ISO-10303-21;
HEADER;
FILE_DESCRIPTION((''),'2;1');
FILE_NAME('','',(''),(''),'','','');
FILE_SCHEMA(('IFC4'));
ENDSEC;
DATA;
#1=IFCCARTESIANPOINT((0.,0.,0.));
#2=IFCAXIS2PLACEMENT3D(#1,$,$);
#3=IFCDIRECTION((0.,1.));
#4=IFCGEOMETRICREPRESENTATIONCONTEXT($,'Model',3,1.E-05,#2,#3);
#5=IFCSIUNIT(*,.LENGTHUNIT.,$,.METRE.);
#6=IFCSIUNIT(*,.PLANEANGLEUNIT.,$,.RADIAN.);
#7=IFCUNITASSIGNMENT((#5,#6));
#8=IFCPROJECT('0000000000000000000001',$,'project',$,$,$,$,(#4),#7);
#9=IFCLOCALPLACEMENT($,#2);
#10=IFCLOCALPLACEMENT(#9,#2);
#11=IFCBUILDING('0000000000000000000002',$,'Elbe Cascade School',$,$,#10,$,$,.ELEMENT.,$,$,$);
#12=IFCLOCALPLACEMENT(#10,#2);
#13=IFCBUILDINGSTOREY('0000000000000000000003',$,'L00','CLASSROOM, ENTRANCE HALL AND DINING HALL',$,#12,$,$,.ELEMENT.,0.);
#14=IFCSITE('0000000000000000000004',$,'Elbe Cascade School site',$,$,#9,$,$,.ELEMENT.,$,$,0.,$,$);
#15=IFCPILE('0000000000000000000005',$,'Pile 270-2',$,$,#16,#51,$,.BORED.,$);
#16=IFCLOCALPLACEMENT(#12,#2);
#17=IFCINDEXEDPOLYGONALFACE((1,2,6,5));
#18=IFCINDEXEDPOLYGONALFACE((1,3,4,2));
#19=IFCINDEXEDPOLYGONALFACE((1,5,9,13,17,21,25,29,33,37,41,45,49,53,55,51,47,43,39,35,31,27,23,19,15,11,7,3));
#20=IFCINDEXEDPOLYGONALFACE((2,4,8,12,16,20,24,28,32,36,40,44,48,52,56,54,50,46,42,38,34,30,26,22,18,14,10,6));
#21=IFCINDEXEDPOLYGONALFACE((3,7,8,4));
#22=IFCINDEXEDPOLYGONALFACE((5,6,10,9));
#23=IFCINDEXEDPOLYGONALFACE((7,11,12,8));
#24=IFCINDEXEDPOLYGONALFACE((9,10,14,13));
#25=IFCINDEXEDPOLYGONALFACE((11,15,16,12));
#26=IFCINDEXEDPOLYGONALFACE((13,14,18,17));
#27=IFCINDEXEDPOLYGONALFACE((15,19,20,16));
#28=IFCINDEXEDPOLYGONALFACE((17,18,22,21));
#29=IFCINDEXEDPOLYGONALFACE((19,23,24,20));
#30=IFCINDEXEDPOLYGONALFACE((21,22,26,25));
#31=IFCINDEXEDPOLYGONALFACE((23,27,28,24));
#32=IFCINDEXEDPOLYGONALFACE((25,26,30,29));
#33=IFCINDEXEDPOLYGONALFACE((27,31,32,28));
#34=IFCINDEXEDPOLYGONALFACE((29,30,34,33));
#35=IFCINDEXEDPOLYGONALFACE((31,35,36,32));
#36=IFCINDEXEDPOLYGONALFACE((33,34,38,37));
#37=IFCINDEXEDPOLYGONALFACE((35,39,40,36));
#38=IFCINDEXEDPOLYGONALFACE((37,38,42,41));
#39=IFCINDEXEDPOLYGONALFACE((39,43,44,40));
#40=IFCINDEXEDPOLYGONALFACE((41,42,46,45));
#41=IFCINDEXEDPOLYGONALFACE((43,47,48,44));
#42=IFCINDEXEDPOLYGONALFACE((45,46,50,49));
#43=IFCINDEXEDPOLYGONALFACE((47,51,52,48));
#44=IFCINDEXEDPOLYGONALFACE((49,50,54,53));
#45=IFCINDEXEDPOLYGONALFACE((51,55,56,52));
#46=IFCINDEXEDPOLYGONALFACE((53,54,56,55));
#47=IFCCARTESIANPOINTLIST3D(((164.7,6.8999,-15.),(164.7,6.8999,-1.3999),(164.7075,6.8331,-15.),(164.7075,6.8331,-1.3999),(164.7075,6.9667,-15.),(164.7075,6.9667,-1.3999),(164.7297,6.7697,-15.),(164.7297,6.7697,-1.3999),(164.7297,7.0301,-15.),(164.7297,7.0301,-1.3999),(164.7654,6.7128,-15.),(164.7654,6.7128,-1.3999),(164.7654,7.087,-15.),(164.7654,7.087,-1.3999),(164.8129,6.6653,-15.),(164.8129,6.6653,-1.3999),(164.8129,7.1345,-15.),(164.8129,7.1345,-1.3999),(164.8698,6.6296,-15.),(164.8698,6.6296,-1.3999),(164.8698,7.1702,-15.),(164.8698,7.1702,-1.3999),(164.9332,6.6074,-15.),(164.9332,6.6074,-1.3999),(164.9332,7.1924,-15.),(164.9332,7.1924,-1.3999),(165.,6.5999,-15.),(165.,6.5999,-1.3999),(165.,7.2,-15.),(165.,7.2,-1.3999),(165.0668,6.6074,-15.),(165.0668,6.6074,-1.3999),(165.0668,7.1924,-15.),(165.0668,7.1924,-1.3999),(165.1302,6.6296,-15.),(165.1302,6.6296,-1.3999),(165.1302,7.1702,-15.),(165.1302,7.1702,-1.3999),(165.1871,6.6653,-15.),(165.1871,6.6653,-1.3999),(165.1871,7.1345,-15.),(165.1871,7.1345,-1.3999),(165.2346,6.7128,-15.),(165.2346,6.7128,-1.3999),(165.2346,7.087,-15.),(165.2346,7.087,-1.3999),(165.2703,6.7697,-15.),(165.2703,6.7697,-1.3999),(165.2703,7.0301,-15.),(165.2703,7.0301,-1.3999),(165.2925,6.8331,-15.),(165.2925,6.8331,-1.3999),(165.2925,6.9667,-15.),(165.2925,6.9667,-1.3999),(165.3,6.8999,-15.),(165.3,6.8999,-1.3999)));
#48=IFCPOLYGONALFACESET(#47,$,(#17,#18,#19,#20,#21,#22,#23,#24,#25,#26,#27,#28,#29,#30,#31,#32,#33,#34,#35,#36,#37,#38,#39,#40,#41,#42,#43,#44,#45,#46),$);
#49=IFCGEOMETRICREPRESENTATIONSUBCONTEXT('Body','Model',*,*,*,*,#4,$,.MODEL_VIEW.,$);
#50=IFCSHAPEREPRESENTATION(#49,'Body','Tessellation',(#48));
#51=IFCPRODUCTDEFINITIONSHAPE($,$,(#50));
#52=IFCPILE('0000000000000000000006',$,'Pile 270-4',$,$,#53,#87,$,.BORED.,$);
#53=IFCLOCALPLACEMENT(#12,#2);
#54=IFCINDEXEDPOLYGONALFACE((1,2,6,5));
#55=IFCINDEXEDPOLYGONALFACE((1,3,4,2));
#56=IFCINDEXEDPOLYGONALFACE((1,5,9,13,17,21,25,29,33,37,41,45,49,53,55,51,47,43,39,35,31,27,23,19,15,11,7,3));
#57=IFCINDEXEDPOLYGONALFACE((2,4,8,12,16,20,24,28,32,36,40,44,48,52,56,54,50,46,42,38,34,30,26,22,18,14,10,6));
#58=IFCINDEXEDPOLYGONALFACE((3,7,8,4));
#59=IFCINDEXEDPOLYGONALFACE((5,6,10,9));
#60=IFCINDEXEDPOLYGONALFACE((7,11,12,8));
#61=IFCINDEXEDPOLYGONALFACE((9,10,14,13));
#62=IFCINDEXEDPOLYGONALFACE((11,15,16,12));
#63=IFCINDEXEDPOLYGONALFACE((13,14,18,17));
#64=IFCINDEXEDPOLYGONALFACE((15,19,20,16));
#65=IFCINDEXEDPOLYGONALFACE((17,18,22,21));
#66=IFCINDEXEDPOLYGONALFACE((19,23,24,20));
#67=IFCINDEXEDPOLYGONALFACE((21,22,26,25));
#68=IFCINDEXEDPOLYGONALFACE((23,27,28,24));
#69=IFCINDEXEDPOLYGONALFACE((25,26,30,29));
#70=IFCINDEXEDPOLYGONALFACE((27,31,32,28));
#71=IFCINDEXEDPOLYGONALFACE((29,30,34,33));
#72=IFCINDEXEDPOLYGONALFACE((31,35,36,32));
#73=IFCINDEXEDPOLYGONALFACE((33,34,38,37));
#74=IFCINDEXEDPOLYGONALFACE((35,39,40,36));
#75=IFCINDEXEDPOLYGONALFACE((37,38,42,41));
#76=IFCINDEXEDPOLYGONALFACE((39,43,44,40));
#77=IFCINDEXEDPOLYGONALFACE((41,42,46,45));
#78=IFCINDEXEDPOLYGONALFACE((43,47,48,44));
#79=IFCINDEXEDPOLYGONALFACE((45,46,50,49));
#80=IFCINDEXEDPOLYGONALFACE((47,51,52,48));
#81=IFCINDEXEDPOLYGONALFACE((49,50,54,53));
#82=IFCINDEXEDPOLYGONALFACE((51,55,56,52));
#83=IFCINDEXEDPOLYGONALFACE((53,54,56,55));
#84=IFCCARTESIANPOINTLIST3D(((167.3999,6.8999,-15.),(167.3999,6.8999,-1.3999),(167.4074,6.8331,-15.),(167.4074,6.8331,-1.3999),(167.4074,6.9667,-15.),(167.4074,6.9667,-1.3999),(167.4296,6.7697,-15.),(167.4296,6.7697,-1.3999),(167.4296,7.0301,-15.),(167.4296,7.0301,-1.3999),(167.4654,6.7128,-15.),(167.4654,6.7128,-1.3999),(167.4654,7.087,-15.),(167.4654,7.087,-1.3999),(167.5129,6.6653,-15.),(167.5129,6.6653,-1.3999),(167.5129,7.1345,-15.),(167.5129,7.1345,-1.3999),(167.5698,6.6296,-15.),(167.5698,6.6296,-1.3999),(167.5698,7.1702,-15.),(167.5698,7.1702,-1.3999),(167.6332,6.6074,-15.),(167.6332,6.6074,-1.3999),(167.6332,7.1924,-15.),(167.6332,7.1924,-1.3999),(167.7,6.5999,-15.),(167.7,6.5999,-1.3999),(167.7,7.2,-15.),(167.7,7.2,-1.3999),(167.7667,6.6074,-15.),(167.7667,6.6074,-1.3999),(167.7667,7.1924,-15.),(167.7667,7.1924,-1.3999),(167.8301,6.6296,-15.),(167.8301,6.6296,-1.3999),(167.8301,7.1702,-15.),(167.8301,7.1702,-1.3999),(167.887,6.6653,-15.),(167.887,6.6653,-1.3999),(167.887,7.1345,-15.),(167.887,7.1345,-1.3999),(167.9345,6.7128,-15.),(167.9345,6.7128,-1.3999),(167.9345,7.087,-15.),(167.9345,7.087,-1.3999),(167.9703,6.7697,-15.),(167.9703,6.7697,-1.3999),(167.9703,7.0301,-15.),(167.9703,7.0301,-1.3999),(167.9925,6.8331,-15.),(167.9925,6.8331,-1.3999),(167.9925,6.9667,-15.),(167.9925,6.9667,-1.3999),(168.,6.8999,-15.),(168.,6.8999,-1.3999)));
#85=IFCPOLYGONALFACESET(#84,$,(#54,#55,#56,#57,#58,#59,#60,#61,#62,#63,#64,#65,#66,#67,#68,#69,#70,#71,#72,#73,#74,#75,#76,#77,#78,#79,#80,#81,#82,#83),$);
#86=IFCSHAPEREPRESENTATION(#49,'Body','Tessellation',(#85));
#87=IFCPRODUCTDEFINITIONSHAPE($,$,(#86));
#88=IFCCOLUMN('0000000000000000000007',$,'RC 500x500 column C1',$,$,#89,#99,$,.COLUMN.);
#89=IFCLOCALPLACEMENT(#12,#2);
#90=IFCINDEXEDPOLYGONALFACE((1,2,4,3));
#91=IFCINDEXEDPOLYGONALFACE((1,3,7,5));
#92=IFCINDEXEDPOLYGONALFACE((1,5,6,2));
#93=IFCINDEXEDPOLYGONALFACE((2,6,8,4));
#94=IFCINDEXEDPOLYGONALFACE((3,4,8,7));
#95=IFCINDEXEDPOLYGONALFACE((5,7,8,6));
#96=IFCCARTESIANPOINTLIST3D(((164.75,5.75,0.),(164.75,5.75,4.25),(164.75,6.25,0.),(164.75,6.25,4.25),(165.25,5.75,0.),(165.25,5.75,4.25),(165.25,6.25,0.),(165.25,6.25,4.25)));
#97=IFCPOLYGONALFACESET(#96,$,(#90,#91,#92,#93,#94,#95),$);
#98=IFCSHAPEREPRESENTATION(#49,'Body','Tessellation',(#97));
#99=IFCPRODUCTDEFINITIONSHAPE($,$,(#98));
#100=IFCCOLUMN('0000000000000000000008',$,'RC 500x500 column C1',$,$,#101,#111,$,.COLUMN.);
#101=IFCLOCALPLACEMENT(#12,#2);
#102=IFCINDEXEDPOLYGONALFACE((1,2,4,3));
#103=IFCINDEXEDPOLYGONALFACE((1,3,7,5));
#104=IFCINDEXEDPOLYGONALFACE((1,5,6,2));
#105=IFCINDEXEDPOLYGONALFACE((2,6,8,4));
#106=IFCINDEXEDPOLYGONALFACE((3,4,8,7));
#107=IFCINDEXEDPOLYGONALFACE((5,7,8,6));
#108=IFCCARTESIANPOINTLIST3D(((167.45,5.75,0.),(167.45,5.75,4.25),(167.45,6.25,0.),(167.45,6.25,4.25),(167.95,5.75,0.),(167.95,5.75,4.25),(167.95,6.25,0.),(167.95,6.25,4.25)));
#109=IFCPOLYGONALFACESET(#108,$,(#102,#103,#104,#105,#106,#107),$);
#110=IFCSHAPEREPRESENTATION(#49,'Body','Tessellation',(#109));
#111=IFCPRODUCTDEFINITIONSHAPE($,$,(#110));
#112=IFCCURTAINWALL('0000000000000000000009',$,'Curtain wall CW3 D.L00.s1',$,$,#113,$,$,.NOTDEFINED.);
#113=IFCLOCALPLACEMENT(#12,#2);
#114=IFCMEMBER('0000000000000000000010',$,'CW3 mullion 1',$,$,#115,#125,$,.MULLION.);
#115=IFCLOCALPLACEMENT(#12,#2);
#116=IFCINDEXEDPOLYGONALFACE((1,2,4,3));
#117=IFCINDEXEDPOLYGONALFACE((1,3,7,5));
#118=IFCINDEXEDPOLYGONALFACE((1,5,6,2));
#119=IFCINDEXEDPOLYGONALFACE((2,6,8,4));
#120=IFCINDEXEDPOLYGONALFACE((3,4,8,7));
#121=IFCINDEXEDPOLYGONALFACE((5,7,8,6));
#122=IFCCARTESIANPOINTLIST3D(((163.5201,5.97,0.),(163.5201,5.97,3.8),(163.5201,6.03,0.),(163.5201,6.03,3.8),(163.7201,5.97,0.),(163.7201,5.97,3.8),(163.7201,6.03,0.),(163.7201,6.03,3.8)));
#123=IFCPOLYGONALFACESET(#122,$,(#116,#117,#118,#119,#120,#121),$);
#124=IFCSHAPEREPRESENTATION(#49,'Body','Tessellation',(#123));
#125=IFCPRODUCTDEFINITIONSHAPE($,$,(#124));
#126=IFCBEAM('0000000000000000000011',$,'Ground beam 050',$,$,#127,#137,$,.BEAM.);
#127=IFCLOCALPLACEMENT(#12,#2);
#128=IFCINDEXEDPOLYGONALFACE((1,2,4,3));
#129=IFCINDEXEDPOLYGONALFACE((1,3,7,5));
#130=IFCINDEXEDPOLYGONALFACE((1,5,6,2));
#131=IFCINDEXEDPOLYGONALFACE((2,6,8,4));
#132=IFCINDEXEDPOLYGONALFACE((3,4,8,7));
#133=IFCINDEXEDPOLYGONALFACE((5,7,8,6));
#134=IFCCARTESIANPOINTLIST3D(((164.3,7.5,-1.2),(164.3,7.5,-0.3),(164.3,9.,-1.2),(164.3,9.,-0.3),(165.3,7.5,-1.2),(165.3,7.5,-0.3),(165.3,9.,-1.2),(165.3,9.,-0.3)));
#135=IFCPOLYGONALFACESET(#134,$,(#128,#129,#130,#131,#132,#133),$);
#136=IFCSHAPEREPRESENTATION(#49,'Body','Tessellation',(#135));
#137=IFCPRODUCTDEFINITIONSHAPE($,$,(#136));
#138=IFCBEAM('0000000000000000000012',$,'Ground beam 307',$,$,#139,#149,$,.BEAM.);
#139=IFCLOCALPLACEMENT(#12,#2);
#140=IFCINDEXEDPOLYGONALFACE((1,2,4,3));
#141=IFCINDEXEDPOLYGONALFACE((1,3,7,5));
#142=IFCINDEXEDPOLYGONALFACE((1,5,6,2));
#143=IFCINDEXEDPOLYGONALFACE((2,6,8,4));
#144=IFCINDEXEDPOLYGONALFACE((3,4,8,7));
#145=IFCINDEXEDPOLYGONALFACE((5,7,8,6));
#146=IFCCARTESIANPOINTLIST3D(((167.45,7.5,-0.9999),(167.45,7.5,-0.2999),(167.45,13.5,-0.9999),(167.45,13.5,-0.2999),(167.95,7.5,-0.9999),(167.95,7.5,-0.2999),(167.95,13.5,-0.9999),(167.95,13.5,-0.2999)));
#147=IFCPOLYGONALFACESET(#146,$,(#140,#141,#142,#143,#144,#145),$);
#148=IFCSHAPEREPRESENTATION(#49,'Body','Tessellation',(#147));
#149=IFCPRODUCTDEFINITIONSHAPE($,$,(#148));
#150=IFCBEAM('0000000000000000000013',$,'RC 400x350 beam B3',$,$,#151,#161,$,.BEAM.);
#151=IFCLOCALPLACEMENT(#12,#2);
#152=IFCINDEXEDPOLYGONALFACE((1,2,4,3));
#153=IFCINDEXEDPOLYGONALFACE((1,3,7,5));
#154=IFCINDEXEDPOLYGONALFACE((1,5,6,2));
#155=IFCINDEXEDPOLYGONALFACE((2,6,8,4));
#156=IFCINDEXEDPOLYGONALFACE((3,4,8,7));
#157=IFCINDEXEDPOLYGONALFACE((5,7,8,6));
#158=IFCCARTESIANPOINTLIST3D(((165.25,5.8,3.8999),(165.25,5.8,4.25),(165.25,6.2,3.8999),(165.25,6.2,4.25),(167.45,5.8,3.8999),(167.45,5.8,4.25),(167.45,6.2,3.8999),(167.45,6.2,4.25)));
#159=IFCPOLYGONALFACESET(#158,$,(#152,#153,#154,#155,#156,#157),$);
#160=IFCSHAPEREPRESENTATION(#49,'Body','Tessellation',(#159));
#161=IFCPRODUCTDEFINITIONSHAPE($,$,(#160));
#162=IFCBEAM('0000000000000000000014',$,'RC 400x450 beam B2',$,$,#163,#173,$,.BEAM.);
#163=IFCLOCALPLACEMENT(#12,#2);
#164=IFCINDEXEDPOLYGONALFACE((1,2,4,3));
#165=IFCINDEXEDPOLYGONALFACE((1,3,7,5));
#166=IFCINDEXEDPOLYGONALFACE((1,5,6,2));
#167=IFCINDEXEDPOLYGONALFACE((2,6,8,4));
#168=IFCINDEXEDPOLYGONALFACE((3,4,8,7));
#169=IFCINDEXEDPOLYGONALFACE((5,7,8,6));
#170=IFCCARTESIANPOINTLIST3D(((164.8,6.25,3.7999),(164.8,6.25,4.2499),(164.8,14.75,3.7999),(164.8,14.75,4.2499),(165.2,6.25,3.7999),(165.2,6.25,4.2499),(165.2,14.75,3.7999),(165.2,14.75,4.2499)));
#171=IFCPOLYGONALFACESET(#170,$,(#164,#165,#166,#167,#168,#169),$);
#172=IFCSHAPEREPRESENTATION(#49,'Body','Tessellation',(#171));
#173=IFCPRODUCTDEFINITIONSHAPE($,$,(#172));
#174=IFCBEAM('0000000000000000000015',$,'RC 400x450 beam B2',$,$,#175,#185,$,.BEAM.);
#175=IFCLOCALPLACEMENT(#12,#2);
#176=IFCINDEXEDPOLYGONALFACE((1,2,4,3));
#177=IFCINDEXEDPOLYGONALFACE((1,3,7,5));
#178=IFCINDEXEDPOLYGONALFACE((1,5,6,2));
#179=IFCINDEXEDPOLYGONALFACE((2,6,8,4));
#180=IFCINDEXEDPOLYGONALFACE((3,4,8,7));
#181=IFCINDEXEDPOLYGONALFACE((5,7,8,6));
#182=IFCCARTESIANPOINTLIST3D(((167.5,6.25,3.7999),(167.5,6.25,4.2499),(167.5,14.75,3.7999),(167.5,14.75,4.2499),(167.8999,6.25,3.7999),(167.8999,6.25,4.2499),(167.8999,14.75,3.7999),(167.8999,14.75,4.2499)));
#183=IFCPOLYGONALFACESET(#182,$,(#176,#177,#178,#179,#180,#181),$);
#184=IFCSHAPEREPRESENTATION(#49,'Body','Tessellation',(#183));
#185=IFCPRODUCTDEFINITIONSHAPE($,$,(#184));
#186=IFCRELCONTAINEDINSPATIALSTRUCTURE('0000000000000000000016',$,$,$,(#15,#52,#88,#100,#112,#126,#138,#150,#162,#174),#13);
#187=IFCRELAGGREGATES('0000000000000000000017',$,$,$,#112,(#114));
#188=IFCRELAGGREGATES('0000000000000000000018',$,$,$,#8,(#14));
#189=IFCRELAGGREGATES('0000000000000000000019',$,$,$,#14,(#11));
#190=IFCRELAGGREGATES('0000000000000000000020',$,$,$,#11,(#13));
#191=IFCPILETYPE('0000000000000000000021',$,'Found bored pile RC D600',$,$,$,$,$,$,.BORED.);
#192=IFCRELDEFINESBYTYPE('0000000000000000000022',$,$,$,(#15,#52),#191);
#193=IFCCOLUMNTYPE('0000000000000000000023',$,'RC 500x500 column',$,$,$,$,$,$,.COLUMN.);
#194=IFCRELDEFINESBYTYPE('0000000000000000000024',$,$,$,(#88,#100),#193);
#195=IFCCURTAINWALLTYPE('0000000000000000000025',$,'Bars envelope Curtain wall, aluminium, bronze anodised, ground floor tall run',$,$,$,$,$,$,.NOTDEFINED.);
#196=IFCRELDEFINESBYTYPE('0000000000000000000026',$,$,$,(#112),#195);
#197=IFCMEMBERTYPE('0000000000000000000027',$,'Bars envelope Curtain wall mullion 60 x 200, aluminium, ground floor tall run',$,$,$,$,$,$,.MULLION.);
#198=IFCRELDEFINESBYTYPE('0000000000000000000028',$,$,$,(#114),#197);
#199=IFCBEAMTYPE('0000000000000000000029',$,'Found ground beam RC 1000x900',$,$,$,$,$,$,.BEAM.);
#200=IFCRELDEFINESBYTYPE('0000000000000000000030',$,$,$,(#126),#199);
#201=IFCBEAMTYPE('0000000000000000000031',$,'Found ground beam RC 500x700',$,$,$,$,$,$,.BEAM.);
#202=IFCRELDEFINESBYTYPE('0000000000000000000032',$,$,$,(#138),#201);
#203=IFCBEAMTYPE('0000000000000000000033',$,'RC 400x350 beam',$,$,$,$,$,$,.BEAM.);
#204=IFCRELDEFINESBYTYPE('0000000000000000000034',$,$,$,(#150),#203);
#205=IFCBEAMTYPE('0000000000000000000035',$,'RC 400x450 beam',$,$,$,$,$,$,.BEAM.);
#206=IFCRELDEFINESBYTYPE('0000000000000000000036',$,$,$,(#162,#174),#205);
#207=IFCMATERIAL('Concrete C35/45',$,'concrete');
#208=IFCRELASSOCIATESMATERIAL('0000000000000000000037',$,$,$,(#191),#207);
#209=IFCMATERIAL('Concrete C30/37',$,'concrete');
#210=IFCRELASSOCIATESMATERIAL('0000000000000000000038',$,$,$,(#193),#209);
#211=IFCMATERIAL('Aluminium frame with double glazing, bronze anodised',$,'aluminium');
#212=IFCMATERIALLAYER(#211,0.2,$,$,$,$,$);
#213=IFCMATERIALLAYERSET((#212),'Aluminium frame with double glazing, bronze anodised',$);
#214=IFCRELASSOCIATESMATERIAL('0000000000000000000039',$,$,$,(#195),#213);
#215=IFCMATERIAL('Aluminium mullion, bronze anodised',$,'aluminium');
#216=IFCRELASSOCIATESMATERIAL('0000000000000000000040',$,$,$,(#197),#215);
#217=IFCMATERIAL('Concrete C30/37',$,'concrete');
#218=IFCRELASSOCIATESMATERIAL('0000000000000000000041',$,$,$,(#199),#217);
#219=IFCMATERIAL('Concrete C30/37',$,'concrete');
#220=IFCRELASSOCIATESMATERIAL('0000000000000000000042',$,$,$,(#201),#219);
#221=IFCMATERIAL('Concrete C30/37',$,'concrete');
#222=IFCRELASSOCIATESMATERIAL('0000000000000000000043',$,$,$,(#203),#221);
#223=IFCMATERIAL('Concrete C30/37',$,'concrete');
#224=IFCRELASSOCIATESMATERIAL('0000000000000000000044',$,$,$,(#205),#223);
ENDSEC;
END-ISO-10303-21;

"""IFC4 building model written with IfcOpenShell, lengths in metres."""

from ifc_helpers import new_model, si_unit, direction, frame, origin, origin_2d, place, context, subcontext, project, spatial, rectangle, circle, extrude, material, layer, layer_set, material_profile, profile_set, type_object, element, aggregate, save


model = new_model("IFC4")

# Units and contexts
model_context = context("Model", 3, precision=1e-05, world=origin(), true_north=direction((0.0, 1.0)))
body_context = subcontext(model_context, "Body", "Model", "MODEL_VIEW")
ifc_project = project(units=[si_unit("LENGTHUNIT", "METRE"), si_unit("PLANEANGLEUNIT", "RADIAN")], contexts=[model_context])

# Site, building, storey
site_placement = place(None, origin())
site = spatial("IfcSite", under=ifc_project, at=site_placement, Name="Elbe Cascade School site", CompositionType="ELEMENT", RefElevation=0.0)
building_placement = place(site_placement, origin())
building = spatial("IfcBuilding", under=site, at=building_placement, Name="Elbe Cascade School", CompositionType="ELEMENT")
storey_placement = place(building_placement, origin())
storey = spatial("IfcBuildingStorey", under=building, at=storey_placement, Name="L00", Description="CLASSROOM, ENTRANCE HALL AND DINING HALL", CompositionType="ELEMENT", Elevation=0.0)

# Piles
ifc_material_1 = material(Name="Concrete C35/45", Category="concrete")
ifc_material_profile_1 = material_profile(ifc_material_1, circle(Radius=0.3, at=origin_2d()), Name="RC D600")
ifc_profile_set_1 = profile_set([ifc_material_profile_1], Name="Concrete C35/45")
pile_type = type_object("IfcPileType", Name="Found bored pile RC D600", PredefinedType="BORED", material=ifc_profile_set_1)
for number, where, z_axis, x_axis, name in (
    (1, (165.0, 6.8999, -1.3999), (0.0, 0.0, -1.0), (1.0, 0.0, 0.0), "Pile 270-2"),
    (2, (167.7, 6.8999, -1.3999), (0.0, 0.0, -1.0), (1.0, 0.0, 0.0), "Pile 270-4"),
):
    element("IfcPile", number, at=place(storey_placement, frame(where, z_axis=z_axis, x_axis=x_axis)), inside=storey, type_object=pile_type, Name=name, PredefinedType="BORED", context=body_context, shape_type="SweptSolid", body=[
        extrude(circle(Radius=0.3, at=origin_2d()), origin(), (0.0, 0.0, 1.0), 13.6001),
    ])

# Columns
ifc_material_2 = material(Name="Concrete C30/37", Category="concrete")
ifc_material_profile_2 = material_profile(ifc_material_2, rectangle(XDim=0.5, YDim=0.5, at=origin_2d()), Name="RC 500x500")
ifc_profile_set_2 = profile_set([ifc_material_profile_2], Name="Concrete C30/37")
column_type = type_object("IfcColumnType", Name="RC 500x500 column", PredefinedType="COLUMN", material=ifc_profile_set_2)
for number, where, z_axis, x_axis, name in (
    (3, (165.0, 6.0, 0.0), (0.0, 0.0, 1.0), (1.0, 0.0, 0.0), "RC 500x500 column C1"),
    (4, (167.7, 6.0, 0.0), (0.0, 0.0, 1.0), (1.0, 0.0, 0.0), "RC 500x500 column C1"),
):
    element("IfcColumn", number, at=place(storey_placement, frame(where, z_axis=z_axis, x_axis=x_axis)), inside=storey, type_object=column_type, Name=name, PredefinedType="COLUMN", context=body_context, shape_type="SweptSolid", body=[
        extrude(rectangle(XDim=0.5, YDim=0.5, at=origin_2d()), origin(), (0.0, 0.0, 1.0), 4.25),
    ])

# Curtain wall, member
ifc_material_3 = material(Name="Aluminium frame with double glazing, bronze anodised", Category="aluminium")
ifc_layer_1 = layer(ifc_material_3, 0.2)
ifc_layer_set_1 = layer_set([ifc_layer_1], Name="Aluminium frame with double glazing, bronze anodised")
curtain_wall_type = type_object("IfcCurtainWallType", Name="Bars envelope Curtain wall, aluminium, bronze anodised, ground floor tall run", PredefinedType="NOTDEFINED", material=ifc_layer_set_1)
curtain_wall_placement = place(storey_placement, origin())
curtain_wall = element("IfcCurtainWall", 5, at=curtain_wall_placement, inside=storey, type_object=curtain_wall_type, Name="Curtain wall CW3 D.L00.s1", PredefinedType="NOTDEFINED")
ifc_material_4 = material(Name="Aluminium mullion, bronze anodised", Category="aluminium")
ifc_material_profile_3 = material_profile(ifc_material_4, rectangle(XDim=0.0601, YDim=0.2, at=origin_2d()), Name="Bars envelope Curtain wall mullion 60 x 200, aluminium, ground floor tall run")
ifc_profile_set_3 = profile_set([ifc_material_profile_3], Name="Aluminium mullion, bronze anodised")
member_type = type_object("IfcMemberType", Name="Bars envelope Curtain wall mullion 60 x 200, aluminium, ground floor tall run", PredefinedType="MULLION", material=ifc_profile_set_3)
member_placement = place(storey_placement, frame((163.6201, 6.0, 0.0), z_axis=(0.0, 0.0, 1.0), x_axis=(0.0, -1.0, 0.0)))
member = element("IfcMember", 6, at=member_placement, type_object=member_type, Name="CW3 mullion 1", PredefinedType="MULLION", context=body_context, shape_type="SweptSolid", body=[
    extrude(rectangle(XDim=0.0601, YDim=0.2, at=origin_2d()), origin(), (0.0, 0.0, 1.0), 3.8),
])
aggregate(curtain_wall, [member])

# Beams
ifc_material_5 = material(Name="Concrete C30/37", Category="concrete")
ifc_material_profile_4 = material_profile(ifc_material_5, rectangle(XDim=1.0, YDim=0.8999, at=origin_2d()), Name="RC 1000x900")
ifc_profile_set_4 = profile_set([ifc_material_profile_4], Name="Concrete C30/37")
beam_type_1 = type_object("IfcBeamType", Name="Found ground beam RC 1000x900", PredefinedType="BEAM", material=ifc_profile_set_4)
beam_1_placement = place(storey_placement, frame((164.8, 7.5, -0.75), z_axis=(0.0, 1.0, 0.0), x_axis=(-1.0, 0.0, 0.0)))
element("IfcBeam", 7, at=beam_1_placement, inside=storey, type_object=beam_type_1, Name="Ground beam 050", PredefinedType="BEAM", context=body_context, shape_type="SweptSolid", body=[
    extrude(rectangle(XDim=1.0, YDim=0.8999, at=origin_2d()), origin(), (0.0, 0.0, 1.0), 1.5),
])
ifc_material_6 = material(Name="Concrete C30/37", Category="concrete")
ifc_material_profile_5 = material_profile(ifc_material_6, rectangle(XDim=0.5, YDim=0.7, at=origin_2d()), Name="RC 500x700")
ifc_profile_set_5 = profile_set([ifc_material_profile_5], Name="Concrete C30/37")
beam_type_2 = type_object("IfcBeamType", Name="Found ground beam RC 500x700", PredefinedType="BEAM", material=ifc_profile_set_5)
beam_2_placement = place(storey_placement, frame((167.7, 7.5, -0.6499), z_axis=(0.0, 1.0, 0.0), x_axis=(-1.0, 0.0, 0.0)))
element("IfcBeam", 8, at=beam_2_placement, inside=storey, type_object=beam_type_2, Name="Ground beam 307", PredefinedType="BEAM", context=body_context, shape_type="SweptSolid", body=[
    extrude(rectangle(XDim=0.5, YDim=0.7, at=origin_2d()), origin(), (0.0, 0.0, 1.0), 6.0),
])
ifc_material_7 = material(Name="Concrete C30/37", Category="concrete")
ifc_material_profile_6 = material_profile(ifc_material_7, rectangle(XDim=0.3999, YDim=0.3501, at=origin_2d()), Name="RC 400x350")
ifc_profile_set_6 = profile_set([ifc_material_profile_6], Name="Concrete C30/37")
beam_type_3 = type_object("IfcBeamType", Name="RC 400x350 beam", PredefinedType="BEAM", material=ifc_profile_set_6)
beam_3_placement = place(storey_placement, frame((165.25, 6.0, 4.075), z_axis=(1.0, 0.0, 0.0), x_axis=(0.0, 1.0, 0.0)))
element("IfcBeam", 9, at=beam_3_placement, inside=storey, type_object=beam_type_3, Name="RC 400x350 beam B3", PredefinedType="BEAM", context=body_context, shape_type="SweptSolid", body=[
    extrude(rectangle(XDim=0.3999, YDim=0.3501, at=origin_2d()), origin(), (0.0, 0.0, 1.0), 2.2),
])
ifc_material_8 = material(Name="Concrete C30/37", Category="concrete")
ifc_material_profile_7 = material_profile(ifc_material_8, rectangle(XDim=0.3999, YDim=0.45, at=origin_2d()), Name="RC 400x450")
ifc_profile_set_7 = profile_set([ifc_material_profile_7], Name="Concrete C30/37")
beam_type_4 = type_object("IfcBeamType", Name="RC 400x450 beam", PredefinedType="BEAM", material=ifc_profile_set_7)
for number, where, z_axis, x_axis, name in (
    (10, (165.0, 6.25, 4.0249), (0.0, 1.0, 0.0), (-1.0, 0.0, 0.0), "RC 400x450 beam B2"),
    (11, (167.7, 6.25, 4.0249), (0.0, 1.0, 0.0), (-1.0, 0.0, 0.0), "RC 400x450 beam B2"),
):
    element("IfcBeam", number, at=place(storey_placement, frame(where, z_axis=z_axis, x_axis=x_axis)), inside=storey, type_object=beam_type_4, Name=name, PredefinedType="BEAM", context=body_context, shape_type="SweptSolid", body=[
        extrude(rectangle(XDim=0.3999, YDim=0.45, at=origin_2d()), origin(), (0.0, 0.0, 1.0), 8.5),
    ])

save(model, "model.ifc")
